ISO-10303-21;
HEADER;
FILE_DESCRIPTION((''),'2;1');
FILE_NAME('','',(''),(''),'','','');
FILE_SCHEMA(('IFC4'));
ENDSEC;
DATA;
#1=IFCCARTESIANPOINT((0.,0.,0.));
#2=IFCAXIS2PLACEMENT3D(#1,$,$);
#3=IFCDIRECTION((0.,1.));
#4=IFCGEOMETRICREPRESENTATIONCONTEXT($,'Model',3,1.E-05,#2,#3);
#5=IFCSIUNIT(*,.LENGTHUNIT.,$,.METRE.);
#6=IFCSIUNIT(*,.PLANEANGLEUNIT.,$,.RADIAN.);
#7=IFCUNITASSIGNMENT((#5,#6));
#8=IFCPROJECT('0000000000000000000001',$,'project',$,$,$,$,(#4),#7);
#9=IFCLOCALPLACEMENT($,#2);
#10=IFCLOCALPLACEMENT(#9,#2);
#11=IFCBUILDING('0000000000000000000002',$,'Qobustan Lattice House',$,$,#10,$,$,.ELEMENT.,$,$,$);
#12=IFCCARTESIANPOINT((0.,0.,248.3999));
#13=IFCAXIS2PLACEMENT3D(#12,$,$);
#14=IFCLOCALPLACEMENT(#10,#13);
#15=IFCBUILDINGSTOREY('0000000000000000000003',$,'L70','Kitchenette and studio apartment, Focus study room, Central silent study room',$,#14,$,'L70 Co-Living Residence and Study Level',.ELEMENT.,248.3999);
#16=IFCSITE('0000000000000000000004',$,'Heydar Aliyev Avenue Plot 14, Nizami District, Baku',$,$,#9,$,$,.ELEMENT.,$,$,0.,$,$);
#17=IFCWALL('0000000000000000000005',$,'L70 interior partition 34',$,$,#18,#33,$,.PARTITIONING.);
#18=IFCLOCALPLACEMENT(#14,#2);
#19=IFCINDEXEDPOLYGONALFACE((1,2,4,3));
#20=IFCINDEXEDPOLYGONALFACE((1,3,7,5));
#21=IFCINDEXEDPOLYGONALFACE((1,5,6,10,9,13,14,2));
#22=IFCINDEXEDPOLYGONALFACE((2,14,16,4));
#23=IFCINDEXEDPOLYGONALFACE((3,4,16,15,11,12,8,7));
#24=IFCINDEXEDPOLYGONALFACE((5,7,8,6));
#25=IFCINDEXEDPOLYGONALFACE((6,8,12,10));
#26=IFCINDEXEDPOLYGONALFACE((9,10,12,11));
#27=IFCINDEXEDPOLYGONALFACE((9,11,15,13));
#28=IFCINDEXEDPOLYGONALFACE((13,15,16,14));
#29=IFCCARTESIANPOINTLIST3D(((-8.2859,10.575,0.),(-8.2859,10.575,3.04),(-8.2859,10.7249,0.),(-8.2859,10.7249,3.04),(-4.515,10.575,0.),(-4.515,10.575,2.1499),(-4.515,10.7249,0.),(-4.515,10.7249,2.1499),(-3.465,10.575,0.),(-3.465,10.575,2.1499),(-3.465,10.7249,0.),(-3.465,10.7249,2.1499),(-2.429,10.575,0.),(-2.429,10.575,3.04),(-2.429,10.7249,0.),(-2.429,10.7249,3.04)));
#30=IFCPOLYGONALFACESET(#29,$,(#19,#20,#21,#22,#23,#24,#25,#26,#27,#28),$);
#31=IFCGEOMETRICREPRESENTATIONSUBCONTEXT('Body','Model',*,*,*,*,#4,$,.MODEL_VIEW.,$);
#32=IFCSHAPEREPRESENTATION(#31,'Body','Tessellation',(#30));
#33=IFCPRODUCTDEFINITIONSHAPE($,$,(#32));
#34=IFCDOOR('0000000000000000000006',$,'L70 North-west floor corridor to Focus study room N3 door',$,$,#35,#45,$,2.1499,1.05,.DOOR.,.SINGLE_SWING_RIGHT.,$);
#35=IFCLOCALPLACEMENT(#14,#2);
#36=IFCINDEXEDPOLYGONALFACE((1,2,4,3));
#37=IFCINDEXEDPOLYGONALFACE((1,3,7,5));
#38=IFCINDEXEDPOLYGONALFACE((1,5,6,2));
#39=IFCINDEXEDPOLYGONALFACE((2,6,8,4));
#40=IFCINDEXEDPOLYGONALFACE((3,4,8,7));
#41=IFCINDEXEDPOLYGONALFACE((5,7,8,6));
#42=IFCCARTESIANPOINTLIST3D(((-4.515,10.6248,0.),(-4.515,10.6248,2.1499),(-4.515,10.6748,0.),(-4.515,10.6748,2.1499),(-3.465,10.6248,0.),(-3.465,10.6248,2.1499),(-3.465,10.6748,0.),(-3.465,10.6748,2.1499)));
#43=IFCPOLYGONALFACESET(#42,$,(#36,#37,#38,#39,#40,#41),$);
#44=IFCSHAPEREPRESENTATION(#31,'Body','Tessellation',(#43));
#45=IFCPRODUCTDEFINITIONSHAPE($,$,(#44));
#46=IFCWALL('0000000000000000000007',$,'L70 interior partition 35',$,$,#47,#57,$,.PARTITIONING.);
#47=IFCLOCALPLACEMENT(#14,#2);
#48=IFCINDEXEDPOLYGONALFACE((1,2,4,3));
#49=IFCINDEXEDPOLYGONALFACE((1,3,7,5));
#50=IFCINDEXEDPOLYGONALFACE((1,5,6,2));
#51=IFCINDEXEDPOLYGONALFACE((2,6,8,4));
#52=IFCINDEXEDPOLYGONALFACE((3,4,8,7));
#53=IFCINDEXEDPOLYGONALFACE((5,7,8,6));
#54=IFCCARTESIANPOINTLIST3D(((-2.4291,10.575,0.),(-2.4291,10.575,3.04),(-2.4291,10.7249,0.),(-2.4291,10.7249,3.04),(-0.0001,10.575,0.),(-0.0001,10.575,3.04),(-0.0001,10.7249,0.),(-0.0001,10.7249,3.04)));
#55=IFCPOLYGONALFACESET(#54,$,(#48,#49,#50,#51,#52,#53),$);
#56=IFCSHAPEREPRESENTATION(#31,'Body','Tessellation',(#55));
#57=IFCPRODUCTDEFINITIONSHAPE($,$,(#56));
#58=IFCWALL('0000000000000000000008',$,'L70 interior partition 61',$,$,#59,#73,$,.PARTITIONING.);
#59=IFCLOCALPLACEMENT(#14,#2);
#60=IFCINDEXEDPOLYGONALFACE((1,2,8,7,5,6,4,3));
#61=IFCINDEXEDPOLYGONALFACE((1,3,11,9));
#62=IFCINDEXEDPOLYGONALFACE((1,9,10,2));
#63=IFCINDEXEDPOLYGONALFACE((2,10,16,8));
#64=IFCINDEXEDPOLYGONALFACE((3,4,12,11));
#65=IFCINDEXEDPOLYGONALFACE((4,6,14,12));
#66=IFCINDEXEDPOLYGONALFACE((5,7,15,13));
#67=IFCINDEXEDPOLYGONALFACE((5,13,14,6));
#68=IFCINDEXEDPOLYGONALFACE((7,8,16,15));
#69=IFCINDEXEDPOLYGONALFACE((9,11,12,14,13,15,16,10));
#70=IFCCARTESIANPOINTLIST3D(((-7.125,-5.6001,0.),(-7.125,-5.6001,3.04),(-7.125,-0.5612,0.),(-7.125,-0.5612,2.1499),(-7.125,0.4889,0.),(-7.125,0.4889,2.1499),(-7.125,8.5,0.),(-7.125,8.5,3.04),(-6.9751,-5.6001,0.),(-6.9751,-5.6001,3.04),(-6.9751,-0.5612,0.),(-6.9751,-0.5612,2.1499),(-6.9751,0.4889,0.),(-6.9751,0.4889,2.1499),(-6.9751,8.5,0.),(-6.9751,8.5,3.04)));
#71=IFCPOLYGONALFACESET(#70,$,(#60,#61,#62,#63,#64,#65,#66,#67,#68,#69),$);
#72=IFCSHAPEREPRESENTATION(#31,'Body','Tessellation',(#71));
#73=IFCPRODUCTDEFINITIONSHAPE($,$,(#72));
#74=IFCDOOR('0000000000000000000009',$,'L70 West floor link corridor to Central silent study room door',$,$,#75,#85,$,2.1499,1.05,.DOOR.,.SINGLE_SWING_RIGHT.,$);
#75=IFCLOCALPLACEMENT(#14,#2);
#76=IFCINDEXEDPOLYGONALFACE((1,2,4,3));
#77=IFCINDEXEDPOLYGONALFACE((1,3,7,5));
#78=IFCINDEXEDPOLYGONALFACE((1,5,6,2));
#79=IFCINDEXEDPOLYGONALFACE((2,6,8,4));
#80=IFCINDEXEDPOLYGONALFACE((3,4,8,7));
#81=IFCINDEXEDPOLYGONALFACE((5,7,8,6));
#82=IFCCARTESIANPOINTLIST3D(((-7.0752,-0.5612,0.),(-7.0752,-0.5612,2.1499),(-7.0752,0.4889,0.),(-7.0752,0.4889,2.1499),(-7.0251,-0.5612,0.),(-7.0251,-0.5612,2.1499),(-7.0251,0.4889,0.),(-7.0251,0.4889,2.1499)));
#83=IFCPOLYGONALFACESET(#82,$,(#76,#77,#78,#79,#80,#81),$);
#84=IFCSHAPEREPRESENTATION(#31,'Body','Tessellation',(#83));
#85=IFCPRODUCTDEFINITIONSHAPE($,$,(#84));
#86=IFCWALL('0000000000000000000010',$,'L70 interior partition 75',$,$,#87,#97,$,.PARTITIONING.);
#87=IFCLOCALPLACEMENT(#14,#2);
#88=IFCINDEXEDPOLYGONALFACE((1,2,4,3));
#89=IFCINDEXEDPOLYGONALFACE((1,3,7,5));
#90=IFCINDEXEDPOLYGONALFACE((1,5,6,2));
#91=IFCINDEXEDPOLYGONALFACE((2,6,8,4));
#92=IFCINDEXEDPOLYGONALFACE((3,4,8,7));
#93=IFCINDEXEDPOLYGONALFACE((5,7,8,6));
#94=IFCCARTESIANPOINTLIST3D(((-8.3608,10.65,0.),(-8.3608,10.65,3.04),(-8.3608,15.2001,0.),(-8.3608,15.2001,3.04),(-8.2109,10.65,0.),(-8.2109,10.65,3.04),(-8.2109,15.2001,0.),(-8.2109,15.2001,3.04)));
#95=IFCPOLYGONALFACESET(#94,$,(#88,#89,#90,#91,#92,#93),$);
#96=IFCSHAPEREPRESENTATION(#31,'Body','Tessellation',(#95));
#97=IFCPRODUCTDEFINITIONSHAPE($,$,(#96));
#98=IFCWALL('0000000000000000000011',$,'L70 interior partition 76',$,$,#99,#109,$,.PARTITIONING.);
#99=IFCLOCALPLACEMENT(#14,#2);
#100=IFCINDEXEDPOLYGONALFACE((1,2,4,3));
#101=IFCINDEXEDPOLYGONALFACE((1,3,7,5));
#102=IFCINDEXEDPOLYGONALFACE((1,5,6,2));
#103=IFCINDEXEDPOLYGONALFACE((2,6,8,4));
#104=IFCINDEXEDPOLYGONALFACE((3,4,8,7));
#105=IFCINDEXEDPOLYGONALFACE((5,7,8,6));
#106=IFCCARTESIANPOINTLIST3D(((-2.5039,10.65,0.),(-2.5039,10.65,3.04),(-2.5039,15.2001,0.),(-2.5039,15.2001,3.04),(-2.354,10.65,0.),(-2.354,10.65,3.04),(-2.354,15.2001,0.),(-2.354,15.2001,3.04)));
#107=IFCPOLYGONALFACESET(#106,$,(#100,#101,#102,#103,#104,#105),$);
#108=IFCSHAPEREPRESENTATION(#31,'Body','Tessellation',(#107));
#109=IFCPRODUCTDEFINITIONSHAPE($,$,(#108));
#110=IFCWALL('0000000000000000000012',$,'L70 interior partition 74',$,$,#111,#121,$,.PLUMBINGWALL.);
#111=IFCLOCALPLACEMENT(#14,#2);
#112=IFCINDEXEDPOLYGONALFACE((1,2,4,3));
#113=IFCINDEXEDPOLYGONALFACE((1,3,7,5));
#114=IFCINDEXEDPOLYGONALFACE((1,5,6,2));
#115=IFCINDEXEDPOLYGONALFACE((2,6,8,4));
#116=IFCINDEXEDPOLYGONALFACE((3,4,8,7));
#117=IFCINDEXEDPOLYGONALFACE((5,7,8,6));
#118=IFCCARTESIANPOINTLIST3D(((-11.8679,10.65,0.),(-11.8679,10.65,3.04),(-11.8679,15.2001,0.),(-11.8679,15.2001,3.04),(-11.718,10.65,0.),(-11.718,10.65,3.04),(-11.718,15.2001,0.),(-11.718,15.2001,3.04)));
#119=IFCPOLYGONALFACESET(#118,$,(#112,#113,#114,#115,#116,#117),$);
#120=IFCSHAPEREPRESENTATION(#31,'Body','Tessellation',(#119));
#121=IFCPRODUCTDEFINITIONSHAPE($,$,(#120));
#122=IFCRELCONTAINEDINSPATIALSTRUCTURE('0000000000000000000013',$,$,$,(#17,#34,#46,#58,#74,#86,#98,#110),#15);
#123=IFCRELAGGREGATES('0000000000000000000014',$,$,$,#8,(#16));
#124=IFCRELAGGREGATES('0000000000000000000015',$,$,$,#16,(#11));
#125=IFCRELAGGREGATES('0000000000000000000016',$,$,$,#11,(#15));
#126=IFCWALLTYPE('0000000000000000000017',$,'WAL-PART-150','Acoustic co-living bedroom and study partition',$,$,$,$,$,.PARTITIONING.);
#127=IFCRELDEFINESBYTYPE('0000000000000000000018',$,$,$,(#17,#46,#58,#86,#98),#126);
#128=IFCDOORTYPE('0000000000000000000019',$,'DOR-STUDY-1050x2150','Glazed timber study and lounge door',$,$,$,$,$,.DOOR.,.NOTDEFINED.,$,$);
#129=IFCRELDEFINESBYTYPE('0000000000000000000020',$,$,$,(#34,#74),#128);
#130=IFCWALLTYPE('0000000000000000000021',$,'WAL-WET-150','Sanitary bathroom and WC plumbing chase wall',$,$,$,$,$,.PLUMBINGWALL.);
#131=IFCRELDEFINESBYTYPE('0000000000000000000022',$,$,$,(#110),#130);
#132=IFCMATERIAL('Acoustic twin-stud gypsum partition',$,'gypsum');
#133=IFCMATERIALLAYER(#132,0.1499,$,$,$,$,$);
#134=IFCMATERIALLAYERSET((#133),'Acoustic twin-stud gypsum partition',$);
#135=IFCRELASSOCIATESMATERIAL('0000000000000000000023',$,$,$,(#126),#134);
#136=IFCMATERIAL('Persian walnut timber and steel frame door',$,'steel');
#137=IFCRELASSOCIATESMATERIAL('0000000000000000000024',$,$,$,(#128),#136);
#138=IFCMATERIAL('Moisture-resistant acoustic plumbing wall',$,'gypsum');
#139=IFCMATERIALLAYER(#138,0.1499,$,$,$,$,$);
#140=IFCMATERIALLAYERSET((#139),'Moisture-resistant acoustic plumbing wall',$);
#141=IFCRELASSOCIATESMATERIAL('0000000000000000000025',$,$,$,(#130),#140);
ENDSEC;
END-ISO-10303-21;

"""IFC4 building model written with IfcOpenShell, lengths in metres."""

from ifc_helpers import new_model, si_unit, direction, frame, frame_2d, origin, place, context, subcontext, project, spatial, rectangle, extrude, material, layer, layer_set, type_object, element, fill, save


model = new_model("IFC4")

# Units and contexts
model_context = context("Model", 3, precision=1e-05, world=origin(), true_north=direction((0.0, 1.0)))
body_context = subcontext(model_context, "Body", "Model", "MODEL_VIEW")
ifc_project = project(units=[si_unit("LENGTHUNIT", "METRE"), si_unit("PLANEANGLEUNIT", "RADIAN")], contexts=[model_context])

# Site, building, storey
site_placement = place(None, origin())
site = spatial("IfcSite", under=ifc_project, at=site_placement, Name="Heydar Aliyev Avenue Plot 14, Nizami District, Baku", CompositionType="ELEMENT", RefElevation=0.0)
building_placement = place(site_placement, origin())
building = spatial("IfcBuilding", under=site, at=building_placement, Name="Qobustan Lattice House", CompositionType="ELEMENT")
storey_placement = place(building_placement, frame((0.0, 0.0, 248.3999)))
storey = spatial("IfcBuildingStorey", under=building, at=storey_placement, Name="L70", Description="Kitchenette and studio apartment, Focus study room, Central silent study room", LongName="L70 Co-Living Residence and Study Level", CompositionType="ELEMENT", Elevation=248.3999)

# Wall, opening, door
ifc_material_1 = material(Name="Acoustic twin-stud gypsum partition", Category="gypsum")
ifc_layer_1 = layer(ifc_material_1, 0.1499)
ifc_layer_set_1 = layer_set([ifc_layer_1], Name="Acoustic twin-stud gypsum partition")
wall_type_1 = type_object("IfcWallType", Name="WAL-PART-150", Description="Acoustic co-living bedroom and study partition", PredefinedType="PARTITIONING", material=ifc_layer_set_1)
wall_1_placement = place(storey_placement, frame((-8.2859, 10.6499, 0.0), z_axis=(0.0, 0.0, 1.0), x_axis=(1.0, 0.0, 0.0)))
wall_1 = element("IfcWall", 1, at=wall_1_placement, inside=storey, type_object=wall_type_1, Name="L70 interior partition 34", PredefinedType="PARTITIONING", context=body_context, shape_type="SweptSolid", body=[
    extrude(rectangle(XDim=5.8569, YDim=0.1499, at=frame_2d((2.9285, 0.0))), origin(), (0.0, 0.0, 1.0), 3.04),
])
opening_1_placement = place(wall_1_placement, frame((3.771, 0.0, 0.0)))
opening_1 = element("IfcOpeningElement", 2, at=opening_1_placement, cuts=wall_1, PredefinedType="OPENING", context=body_context, shape_type="SweptSolid", body=[
    extrude(rectangle(XDim=1.05, YDim=2.1499, at=frame_2d((0.5249, 1.075))), frame((0.0, 0.085, 0.0), z_axis=(0.0, -1.0, 0.0), x_axis=(1.0, 0.0, 0.0)), (0.0, 0.0, 1.0), 0.1699),
])
ifc_material_2 = material(Name="Persian walnut timber and steel frame door", Category="steel")
door_type_1 = type_object("IfcDoorType", Name="DOR-STUDY-1050x2150", Description="Glazed timber study and lounge door", OperationType="NOTDEFINED", PredefinedType="DOOR", material=ifc_material_2)
door_1_placement = place(opening_1_placement, origin())
door_1 = element("IfcDoor", 3, at=door_1_placement, inside=storey, type_object=door_type_1, Name="L70 North-west floor corridor to Focus study room N3 door", OperationType="SINGLE_SWING_RIGHT", OverallHeight=2.1499, OverallWidth=1.05, PredefinedType="DOOR", context=body_context, shape_type="SweptSolid", body=[
    extrude(rectangle(XDim=1.05, YDim=2.1499, at=frame_2d((0.5249, 1.075))), frame((0.0, 0.0249, 0.0), z_axis=(0.0, -1.0, 0.0), x_axis=(1.0, 0.0, 0.0)), (0.0, 0.0, 1.0), 0.05),
])
fill(opening_1, door_1)

# Wall
wall_2_placement = place(storey_placement, frame((-2.429, 10.6499, 0.0), z_axis=(0.0, 0.0, 1.0), x_axis=(1.0, 0.0, 0.0)))
element("IfcWall", 4, at=wall_2_placement, inside=storey, type_object=wall_type_1, Name="L70 interior partition 35", PredefinedType="PARTITIONING", context=body_context, shape_type="SweptSolid", body=[
    extrude(rectangle(XDim=2.429, YDim=0.1499, at=frame_2d((1.2144, 0.0))), origin(), (0.0, 0.0, 1.0), 3.04),
])

# Wall, opening, door
wall_3_placement = place(storey_placement, frame((-7.05, 8.5, 0.0), z_axis=(0.0, 0.0, 1.0), x_axis=(0.0, -1.0, 0.0)))
wall_3 = element("IfcWall", 5, at=wall_3_placement, inside=storey, type_object=wall_type_1, Name="L70 interior partition 61", PredefinedType="PARTITIONING", context=body_context, shape_type="SweptSolid", body=[
    extrude(rectangle(XDim=14.1001, YDim=0.1499, at=frame_2d((7.05, 0.0))), origin(), (0.0, 0.0, 1.0), 3.04),
])
opening_2_placement = place(wall_3_placement, frame((8.0112, 0.0, 0.0)))
opening_2 = element("IfcOpeningElement", 6, at=opening_2_placement, cuts=wall_3, PredefinedType="OPENING", context=body_context, shape_type="SweptSolid", body=[
    extrude(rectangle(XDim=1.05, YDim=2.1499, at=frame_2d((0.5249, 1.075))), frame((0.0, 0.085, 0.0), z_axis=(0.0, -1.0, 0.0), x_axis=(1.0, 0.0, 0.0)), (0.0, 0.0, 1.0), 0.1699),
])
door_2_placement = place(opening_2_placement, origin())
door_2 = element("IfcDoor", 7, at=door_2_placement, inside=storey, type_object=door_type_1, Name="L70 West floor link corridor to Central silent study room door", OperationType="SINGLE_SWING_RIGHT", OverallHeight=2.1499, OverallWidth=1.05, PredefinedType="DOOR", context=body_context, shape_type="SweptSolid", body=[
    extrude(rectangle(XDim=1.05, YDim=2.1499, at=frame_2d((0.5249, 1.075))), frame((0.0, 0.0249, 0.0), z_axis=(0.0, -1.0, 0.0), x_axis=(1.0, 0.0, 0.0)), (0.0, 0.0, 1.0), 0.05),
])
fill(opening_2, door_2)

# Walls
for number, where, z_axis, x_axis, name in (
    (8, (-8.2859, 15.2, 0.0), (0.0, 0.0, 1.0), (0.0, -1.0, 0.0), "L70 interior partition 75"),
    (9, (-2.429, 15.2, 0.0), (0.0, 0.0, 1.0), (0.0, -1.0, 0.0), "L70 interior partition 76"),
):
    element("IfcWall", number, at=place(storey_placement, frame(where, z_axis=z_axis, x_axis=x_axis)), inside=storey, type_object=wall_type_1, Name=name, PredefinedType="PARTITIONING", context=body_context, shape_type="SweptSolid", body=[
        extrude(rectangle(XDim=4.55, YDim=0.1499, at=frame_2d((2.2749, 0.0))), origin(), (0.0, 0.0, 1.0), 3.04),
    ])

# Wall
ifc_material_3 = material(Name="Moisture-resistant acoustic plumbing wall", Category="gypsum")
ifc_layer_2 = layer(ifc_material_3, 0.1499)
ifc_layer_set_2 = layer_set([ifc_layer_2], Name="Moisture-resistant acoustic plumbing wall")
wall_type_2 = type_object("IfcWallType", Name="WAL-WET-150", Description="Sanitary bathroom and WC plumbing chase wall", PredefinedType="PLUMBINGWALL", material=ifc_layer_set_2)
wall_4_placement = place(storey_placement, frame((-11.793, 15.2, 0.0), z_axis=(0.0, 0.0, 1.0), x_axis=(0.0, -1.0, 0.0)))
element("IfcWall", 10, at=wall_4_placement, inside=storey, type_object=wall_type_2, Name="L70 interior partition 74", PredefinedType="PLUMBINGWALL", context=body_context, shape_type="SweptSolid", body=[
    extrude(rectangle(XDim=4.55, YDim=0.1499, at=frame_2d((2.2749, 0.0))), origin(), (0.0, 0.0, 1.0), 3.04),
])

save(model, "model.ifc")
